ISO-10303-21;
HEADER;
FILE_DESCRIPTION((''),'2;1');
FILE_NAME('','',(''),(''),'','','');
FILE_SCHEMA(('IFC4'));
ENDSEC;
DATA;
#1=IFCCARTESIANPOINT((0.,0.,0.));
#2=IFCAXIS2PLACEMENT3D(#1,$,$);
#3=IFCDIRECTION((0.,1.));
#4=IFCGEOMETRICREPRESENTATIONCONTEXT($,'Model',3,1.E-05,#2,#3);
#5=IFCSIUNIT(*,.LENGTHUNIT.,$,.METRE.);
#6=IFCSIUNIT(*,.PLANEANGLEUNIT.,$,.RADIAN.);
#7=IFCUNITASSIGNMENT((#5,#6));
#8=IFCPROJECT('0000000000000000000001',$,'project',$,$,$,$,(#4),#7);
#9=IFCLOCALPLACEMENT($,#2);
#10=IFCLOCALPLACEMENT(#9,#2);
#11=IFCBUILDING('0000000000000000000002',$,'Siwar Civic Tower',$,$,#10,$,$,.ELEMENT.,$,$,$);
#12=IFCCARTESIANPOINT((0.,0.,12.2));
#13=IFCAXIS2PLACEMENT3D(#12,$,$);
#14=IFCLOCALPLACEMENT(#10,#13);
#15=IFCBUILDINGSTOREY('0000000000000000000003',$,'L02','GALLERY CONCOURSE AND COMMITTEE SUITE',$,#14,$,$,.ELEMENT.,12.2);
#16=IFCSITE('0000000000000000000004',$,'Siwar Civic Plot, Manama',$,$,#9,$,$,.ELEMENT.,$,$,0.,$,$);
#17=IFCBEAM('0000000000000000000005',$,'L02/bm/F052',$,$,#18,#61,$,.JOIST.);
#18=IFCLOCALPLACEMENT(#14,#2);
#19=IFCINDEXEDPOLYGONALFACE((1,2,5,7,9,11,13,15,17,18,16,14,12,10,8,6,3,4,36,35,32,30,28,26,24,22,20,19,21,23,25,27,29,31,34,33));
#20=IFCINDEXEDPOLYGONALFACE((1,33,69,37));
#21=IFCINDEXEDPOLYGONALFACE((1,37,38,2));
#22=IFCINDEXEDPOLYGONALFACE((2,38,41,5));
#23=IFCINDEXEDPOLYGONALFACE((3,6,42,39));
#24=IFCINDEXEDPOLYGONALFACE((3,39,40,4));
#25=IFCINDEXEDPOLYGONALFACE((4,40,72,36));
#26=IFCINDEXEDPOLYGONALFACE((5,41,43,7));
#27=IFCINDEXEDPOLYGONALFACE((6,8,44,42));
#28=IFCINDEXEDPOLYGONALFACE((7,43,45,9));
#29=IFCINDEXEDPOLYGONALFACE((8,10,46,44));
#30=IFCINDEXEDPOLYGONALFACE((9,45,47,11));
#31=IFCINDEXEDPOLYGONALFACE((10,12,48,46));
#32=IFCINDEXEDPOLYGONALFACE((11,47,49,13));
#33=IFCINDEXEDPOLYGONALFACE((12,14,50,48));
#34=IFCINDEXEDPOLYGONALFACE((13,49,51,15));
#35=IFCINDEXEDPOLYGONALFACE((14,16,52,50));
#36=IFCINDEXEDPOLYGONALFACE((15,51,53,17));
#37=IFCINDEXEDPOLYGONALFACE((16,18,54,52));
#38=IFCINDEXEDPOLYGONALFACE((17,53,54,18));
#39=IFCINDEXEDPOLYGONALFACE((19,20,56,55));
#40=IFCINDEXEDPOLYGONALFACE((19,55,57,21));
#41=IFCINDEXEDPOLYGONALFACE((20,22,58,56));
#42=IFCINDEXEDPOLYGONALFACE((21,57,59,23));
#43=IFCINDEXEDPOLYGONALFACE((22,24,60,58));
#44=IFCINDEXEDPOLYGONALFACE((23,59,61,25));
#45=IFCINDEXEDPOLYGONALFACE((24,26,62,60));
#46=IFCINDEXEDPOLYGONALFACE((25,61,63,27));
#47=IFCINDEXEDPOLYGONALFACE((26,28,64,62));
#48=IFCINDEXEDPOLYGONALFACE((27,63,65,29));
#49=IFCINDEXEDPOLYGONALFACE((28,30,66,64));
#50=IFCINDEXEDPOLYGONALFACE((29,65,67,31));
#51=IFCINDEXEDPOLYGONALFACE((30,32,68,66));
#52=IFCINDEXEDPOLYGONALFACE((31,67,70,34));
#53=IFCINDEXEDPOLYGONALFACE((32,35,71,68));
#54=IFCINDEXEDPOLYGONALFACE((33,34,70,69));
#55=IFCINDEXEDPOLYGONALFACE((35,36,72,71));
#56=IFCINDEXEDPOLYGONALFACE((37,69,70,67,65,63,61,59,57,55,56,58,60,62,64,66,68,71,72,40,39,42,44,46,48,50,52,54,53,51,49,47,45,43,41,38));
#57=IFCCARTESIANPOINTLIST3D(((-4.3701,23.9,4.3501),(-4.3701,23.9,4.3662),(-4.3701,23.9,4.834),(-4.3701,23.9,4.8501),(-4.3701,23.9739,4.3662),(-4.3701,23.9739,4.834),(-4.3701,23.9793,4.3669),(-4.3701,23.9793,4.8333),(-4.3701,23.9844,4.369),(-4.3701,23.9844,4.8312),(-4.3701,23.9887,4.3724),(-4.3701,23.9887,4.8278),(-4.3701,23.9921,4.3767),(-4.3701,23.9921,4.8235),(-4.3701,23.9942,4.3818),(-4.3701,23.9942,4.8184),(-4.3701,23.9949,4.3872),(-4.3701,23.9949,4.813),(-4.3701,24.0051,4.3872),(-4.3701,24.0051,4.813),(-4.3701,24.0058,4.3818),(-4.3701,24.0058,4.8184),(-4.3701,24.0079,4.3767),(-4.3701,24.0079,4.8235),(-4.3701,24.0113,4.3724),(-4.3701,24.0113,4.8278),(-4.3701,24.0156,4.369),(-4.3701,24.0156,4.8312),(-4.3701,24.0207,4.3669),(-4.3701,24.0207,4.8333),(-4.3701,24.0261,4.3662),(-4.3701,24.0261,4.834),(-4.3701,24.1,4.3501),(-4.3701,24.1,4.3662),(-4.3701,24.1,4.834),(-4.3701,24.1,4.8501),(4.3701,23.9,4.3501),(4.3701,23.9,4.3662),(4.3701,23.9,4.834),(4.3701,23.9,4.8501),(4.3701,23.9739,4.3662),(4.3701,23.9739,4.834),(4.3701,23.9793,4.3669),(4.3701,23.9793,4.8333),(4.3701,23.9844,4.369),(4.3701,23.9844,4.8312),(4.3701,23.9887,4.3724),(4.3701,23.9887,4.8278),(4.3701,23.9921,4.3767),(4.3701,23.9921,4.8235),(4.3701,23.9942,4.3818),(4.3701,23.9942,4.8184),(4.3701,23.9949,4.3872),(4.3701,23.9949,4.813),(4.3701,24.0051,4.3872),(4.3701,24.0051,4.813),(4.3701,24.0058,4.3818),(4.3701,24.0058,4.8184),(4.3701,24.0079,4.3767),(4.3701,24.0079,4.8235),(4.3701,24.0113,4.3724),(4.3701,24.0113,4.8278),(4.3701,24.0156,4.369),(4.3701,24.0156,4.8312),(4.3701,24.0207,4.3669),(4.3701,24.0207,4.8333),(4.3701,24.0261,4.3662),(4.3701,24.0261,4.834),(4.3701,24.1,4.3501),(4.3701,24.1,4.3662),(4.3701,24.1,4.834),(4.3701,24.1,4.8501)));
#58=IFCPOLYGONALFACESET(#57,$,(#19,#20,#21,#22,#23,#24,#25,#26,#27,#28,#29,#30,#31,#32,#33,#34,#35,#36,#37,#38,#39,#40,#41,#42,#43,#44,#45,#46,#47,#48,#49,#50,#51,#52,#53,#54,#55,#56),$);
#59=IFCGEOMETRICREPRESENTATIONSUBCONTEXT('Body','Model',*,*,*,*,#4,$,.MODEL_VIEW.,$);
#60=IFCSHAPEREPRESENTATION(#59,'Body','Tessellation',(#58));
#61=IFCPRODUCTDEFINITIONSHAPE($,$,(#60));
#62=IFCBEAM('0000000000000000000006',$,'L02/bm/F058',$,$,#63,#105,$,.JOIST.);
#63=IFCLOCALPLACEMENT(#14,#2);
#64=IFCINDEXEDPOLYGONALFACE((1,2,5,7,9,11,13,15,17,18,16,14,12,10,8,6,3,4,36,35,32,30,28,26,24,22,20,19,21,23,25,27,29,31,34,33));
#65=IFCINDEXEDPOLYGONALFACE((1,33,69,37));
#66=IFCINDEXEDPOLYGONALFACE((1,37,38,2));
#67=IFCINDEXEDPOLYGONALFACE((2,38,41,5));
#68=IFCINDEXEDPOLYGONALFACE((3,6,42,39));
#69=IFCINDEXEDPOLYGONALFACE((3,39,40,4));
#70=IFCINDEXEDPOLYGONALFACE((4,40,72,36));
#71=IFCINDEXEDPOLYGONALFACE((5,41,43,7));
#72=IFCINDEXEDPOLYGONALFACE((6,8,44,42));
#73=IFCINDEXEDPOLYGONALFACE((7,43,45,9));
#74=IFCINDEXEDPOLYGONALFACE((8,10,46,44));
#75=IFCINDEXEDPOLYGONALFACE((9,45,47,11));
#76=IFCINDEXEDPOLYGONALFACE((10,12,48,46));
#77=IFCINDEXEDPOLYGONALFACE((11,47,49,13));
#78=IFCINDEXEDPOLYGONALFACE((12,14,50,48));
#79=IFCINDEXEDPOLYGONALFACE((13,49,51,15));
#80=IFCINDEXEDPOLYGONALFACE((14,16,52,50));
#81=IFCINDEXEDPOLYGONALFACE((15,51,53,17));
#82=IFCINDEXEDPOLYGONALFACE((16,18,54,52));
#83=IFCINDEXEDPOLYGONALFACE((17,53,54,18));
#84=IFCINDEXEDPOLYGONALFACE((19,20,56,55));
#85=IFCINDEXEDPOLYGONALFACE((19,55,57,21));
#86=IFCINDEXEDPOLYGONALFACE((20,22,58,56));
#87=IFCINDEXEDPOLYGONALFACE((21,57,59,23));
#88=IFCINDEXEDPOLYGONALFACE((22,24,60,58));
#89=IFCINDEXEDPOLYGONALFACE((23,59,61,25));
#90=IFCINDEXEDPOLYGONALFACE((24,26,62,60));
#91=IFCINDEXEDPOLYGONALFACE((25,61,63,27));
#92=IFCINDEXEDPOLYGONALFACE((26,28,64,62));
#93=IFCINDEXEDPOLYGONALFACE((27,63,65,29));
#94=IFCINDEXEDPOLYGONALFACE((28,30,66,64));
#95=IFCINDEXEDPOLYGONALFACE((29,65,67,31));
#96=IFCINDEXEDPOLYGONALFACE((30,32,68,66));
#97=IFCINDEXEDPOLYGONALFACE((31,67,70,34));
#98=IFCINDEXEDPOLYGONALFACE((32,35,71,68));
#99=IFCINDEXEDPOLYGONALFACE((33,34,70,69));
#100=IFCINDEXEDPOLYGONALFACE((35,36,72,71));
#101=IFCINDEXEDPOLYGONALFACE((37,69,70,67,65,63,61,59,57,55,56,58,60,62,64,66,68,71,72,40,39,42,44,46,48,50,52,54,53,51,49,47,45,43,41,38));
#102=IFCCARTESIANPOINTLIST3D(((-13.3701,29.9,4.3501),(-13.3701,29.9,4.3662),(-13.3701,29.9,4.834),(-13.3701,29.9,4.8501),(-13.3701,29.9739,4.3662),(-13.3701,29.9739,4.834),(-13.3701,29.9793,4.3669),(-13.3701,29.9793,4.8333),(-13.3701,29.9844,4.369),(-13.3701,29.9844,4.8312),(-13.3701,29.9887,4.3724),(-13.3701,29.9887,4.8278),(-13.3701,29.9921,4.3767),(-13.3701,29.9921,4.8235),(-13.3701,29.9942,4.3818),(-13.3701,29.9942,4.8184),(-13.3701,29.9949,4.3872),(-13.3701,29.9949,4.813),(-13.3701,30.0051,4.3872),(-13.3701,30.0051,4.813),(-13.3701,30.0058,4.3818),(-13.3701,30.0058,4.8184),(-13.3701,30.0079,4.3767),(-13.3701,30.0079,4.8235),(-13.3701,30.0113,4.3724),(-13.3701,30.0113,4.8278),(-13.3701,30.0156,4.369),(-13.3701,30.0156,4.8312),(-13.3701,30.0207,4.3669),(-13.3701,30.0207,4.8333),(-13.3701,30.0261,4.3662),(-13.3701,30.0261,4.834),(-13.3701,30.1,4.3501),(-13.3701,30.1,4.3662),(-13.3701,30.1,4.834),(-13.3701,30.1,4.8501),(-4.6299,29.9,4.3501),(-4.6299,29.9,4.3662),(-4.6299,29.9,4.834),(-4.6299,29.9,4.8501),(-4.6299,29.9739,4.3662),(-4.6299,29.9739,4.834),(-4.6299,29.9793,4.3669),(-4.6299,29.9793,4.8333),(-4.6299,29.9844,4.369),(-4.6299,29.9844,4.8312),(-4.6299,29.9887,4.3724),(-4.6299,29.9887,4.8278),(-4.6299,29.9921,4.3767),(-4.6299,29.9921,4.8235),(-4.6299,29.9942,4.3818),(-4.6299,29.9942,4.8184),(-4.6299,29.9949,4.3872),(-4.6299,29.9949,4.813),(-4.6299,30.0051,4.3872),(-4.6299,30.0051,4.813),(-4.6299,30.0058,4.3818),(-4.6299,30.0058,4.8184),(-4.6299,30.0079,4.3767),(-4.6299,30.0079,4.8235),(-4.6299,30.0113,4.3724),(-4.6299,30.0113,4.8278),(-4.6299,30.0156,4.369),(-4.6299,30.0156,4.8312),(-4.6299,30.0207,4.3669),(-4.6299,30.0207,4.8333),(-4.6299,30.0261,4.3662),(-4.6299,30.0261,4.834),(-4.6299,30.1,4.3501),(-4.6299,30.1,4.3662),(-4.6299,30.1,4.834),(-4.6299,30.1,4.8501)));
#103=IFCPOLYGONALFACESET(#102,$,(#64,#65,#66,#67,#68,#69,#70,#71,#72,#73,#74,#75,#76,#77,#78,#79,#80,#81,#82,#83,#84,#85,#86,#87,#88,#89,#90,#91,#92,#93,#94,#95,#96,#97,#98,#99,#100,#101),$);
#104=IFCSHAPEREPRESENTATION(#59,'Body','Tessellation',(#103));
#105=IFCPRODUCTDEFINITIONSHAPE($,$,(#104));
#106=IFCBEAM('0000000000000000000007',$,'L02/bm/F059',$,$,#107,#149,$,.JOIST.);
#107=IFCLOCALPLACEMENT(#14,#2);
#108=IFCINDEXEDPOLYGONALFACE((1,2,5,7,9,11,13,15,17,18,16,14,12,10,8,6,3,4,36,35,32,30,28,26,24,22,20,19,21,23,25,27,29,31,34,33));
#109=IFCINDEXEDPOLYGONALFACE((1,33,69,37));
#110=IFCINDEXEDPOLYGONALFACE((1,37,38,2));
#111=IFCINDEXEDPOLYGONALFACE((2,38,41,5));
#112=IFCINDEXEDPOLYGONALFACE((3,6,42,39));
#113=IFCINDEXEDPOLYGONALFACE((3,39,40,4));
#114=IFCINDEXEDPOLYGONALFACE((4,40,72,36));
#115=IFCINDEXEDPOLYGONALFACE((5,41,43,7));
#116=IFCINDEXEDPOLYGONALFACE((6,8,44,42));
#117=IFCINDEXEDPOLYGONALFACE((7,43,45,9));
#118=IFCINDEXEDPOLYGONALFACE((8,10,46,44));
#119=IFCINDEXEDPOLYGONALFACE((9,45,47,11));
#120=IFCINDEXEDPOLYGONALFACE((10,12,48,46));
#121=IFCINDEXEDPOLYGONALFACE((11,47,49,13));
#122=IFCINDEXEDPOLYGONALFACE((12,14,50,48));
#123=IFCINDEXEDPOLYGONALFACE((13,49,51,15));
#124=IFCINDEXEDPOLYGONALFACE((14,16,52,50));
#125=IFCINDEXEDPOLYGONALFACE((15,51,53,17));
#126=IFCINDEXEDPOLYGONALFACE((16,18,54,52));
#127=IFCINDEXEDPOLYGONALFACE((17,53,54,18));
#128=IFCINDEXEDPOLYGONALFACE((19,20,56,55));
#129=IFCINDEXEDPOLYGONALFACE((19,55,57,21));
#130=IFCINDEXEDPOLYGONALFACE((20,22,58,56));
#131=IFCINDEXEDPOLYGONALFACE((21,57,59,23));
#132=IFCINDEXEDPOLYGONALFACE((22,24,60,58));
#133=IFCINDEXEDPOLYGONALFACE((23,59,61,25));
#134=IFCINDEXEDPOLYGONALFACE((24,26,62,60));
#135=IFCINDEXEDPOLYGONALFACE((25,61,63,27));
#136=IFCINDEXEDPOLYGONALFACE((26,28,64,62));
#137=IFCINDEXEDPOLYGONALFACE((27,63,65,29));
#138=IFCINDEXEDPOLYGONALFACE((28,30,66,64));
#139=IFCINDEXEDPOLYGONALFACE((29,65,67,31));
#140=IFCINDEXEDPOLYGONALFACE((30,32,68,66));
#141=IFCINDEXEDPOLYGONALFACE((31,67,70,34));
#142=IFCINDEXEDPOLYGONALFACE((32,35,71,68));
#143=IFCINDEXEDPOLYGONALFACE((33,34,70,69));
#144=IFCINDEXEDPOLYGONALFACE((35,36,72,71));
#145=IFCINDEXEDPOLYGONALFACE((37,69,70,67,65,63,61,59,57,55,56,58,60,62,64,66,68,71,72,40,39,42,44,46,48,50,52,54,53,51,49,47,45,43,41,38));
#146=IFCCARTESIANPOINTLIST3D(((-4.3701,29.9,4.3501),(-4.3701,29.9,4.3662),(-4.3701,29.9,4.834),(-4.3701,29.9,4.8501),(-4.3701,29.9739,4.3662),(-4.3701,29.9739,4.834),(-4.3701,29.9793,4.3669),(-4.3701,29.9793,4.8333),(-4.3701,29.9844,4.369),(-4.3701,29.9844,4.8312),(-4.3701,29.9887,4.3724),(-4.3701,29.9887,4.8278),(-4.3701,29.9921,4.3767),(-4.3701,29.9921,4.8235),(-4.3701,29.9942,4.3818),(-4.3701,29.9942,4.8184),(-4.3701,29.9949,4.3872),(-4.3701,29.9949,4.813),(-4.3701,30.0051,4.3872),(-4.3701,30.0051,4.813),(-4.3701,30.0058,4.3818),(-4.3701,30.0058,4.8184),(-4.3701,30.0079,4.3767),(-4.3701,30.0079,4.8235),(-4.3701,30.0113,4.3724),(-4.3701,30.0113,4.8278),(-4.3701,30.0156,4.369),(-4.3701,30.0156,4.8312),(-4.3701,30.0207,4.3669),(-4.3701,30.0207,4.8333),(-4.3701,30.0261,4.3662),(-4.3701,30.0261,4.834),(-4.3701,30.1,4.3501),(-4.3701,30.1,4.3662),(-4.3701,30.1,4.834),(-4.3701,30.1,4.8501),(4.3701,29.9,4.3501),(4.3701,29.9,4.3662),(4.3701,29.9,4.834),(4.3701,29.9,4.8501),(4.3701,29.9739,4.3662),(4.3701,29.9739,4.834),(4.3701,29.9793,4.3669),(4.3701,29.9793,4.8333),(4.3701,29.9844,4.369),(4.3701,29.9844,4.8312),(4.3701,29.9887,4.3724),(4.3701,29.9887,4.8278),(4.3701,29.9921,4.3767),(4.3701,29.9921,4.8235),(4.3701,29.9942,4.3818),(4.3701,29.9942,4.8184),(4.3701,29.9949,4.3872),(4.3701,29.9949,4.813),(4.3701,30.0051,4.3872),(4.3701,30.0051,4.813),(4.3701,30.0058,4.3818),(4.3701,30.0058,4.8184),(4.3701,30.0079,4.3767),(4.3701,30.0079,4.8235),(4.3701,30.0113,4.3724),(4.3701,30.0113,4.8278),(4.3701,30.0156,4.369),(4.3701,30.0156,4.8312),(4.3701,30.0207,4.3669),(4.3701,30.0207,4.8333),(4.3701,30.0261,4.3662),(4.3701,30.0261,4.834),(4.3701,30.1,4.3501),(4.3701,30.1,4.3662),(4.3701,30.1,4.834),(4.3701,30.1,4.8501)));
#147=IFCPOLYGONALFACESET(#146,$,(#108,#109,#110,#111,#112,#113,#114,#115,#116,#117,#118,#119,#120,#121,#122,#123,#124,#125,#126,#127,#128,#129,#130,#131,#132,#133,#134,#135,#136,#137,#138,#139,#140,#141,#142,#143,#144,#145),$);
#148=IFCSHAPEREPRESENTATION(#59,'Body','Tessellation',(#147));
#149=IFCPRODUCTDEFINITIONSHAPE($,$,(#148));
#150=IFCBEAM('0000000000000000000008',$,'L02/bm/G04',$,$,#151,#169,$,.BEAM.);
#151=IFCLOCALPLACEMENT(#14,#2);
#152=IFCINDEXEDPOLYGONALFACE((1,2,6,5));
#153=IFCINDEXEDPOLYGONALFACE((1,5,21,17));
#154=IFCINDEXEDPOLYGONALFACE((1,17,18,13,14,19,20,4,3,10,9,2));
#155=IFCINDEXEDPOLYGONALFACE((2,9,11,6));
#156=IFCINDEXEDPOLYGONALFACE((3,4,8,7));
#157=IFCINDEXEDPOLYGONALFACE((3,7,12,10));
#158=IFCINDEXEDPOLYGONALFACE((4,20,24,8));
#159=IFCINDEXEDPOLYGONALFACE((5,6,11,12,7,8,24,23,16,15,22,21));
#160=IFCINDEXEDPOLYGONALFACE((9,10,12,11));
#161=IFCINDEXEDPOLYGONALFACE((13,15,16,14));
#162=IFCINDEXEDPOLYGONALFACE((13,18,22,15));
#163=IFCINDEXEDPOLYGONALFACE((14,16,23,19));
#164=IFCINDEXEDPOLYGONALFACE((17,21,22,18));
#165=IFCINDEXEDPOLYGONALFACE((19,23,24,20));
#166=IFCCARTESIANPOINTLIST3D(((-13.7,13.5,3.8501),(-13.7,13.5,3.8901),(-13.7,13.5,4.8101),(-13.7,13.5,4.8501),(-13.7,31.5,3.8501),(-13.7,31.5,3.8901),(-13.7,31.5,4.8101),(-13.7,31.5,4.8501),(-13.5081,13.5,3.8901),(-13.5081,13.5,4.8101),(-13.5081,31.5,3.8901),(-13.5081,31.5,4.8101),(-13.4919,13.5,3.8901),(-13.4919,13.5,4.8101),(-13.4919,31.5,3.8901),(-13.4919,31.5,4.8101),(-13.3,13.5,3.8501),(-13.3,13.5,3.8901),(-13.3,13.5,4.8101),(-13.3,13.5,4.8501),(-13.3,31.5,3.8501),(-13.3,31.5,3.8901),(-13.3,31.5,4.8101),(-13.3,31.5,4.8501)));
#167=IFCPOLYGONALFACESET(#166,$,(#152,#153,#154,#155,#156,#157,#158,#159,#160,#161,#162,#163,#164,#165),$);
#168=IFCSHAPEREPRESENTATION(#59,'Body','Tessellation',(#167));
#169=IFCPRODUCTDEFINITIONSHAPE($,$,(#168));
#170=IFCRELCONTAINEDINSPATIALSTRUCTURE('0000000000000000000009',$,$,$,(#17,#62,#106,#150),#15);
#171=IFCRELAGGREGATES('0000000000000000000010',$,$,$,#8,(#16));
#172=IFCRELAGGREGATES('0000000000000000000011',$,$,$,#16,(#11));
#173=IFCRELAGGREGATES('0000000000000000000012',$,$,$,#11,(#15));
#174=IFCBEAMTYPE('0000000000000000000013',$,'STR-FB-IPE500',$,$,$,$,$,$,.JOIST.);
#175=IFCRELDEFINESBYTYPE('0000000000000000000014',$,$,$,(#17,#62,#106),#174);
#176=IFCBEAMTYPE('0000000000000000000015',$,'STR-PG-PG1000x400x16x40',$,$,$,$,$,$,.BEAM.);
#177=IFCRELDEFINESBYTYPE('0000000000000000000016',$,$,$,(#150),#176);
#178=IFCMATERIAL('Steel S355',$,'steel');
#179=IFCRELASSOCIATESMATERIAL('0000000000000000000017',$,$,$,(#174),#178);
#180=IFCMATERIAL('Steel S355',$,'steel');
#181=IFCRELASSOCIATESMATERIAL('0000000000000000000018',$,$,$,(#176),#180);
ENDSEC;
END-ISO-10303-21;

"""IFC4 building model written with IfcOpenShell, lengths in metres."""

from ifc_helpers import new_model, si_unit, direction, frame, origin, origin_2d, place, context, subcontext, project, spatial, i_section, extrude, material, material_profile, profile_set, type_object, element, save


model = new_model("IFC4")

# Units and contexts
model_context = context("Model", 3, precision=1e-05, world=origin(), true_north=direction((0.0, 1.0)))
body_context = subcontext(model_context, "Body", "Model", "MODEL_VIEW")
ifc_project = project(units=[si_unit("LENGTHUNIT", "METRE"), si_unit("PLANEANGLEUNIT", "RADIAN")], contexts=[model_context])

# Site, building, storey
site_placement = place(None, origin())
site = spatial("IfcSite", under=ifc_project, at=site_placement, Name="Siwar Civic Plot, Manama", CompositionType="ELEMENT", RefElevation=0.0)
building_placement = place(site_placement, origin())
building = spatial("IfcBuilding", under=site, at=building_placement, Name="Siwar Civic Tower", CompositionType="ELEMENT")
storey_placement = place(building_placement, frame((0.0, 0.0, 12.2)))
storey = spatial("IfcBuildingStorey", under=building, at=storey_placement, Name="L02", Description="GALLERY CONCOURSE AND COMMITTEE SUITE", CompositionType="ELEMENT", Elevation=12.2)

# Beams
ifc_material_1 = material(Name="Steel S355", Category="steel")
ifc_material_profile_1 = material_profile(ifc_material_1, i_section(OverallWidth=0.2, OverallDepth=0.5, WebThickness=0.0103, FlangeThickness=0.0161, FilletRadius=0.021, at=origin_2d()), Name="IPE500")
ifc_profile_set_1 = profile_set([ifc_material_profile_1], Name="Steel S355")
beam_type_1 = type_object("IfcBeamType", Name="STR-FB-IPE500", PredefinedType="JOIST", material=ifc_profile_set_1)
for number, where, z_axis, x_axis, name in (
    (1, (-4.3701, 24.0, 4.6001), (1.0, 0.0, 0.0), (0.0, 1.0, 0.0), "L02/bm/F052"),
    (2, (-13.3701, 30.0, 4.6001), (1.0, 0.0, 0.0), (0.0, 1.0, 0.0), "L02/bm/F058"),
    (3, (-4.3701, 30.0, 4.6001), (1.0, 0.0, 0.0), (0.0, 1.0, 0.0), "L02/bm/F059"),
):
    element("IfcBeam", number, at=place(storey_placement, frame(where, z_axis=z_axis, x_axis=x_axis)), inside=storey, type_object=beam_type_1, Name=name, PredefinedType="JOIST", context=body_context, shape_type="SweptSolid", body=[
        extrude(i_section(OverallWidth=0.2, OverallDepth=0.5, WebThickness=0.0103, FlangeThickness=0.0161, FilletRadius=0.021, at=origin_2d()), origin(), (0.0, 0.0, 1.0), 8.7402),
    ])
ifc_material_2 = material(Name="Steel S355", Category="steel")
ifc_material_profile_2 = material_profile(ifc_material_2, i_section(OverallWidth=0.3999, OverallDepth=1.0, WebThickness=0.0161, FlangeThickness=0.04, at=origin_2d()), Name="PG1000x400x16x40")
ifc_profile_set_2 = profile_set([ifc_material_profile_2], Name="Steel S355")
beam_type_2 = type_object("IfcBeamType", Name="STR-PG-PG1000x400x16x40", PredefinedType="BEAM", material=ifc_profile_set_2)
beam_1_placement = place(storey_placement, frame((-13.5, 13.5, 4.3501), z_axis=(0.0, 1.0, 0.0), x_axis=(-1.0, 0.0, 0.0)))
element("IfcBeam", 4, at=beam_1_placement, inside=storey, type_object=beam_type_2, Name="L02/bm/G04", PredefinedType="BEAM", context=body_context, shape_type="SweptSolid", body=[
    extrude(i_section(OverallWidth=0.3999, OverallDepth=1.0, WebThickness=0.0161, FlangeThickness=0.04, at=origin_2d()), origin(), (0.0, 0.0, 1.0), 18.0),
])

save(model, "model.ifc")
